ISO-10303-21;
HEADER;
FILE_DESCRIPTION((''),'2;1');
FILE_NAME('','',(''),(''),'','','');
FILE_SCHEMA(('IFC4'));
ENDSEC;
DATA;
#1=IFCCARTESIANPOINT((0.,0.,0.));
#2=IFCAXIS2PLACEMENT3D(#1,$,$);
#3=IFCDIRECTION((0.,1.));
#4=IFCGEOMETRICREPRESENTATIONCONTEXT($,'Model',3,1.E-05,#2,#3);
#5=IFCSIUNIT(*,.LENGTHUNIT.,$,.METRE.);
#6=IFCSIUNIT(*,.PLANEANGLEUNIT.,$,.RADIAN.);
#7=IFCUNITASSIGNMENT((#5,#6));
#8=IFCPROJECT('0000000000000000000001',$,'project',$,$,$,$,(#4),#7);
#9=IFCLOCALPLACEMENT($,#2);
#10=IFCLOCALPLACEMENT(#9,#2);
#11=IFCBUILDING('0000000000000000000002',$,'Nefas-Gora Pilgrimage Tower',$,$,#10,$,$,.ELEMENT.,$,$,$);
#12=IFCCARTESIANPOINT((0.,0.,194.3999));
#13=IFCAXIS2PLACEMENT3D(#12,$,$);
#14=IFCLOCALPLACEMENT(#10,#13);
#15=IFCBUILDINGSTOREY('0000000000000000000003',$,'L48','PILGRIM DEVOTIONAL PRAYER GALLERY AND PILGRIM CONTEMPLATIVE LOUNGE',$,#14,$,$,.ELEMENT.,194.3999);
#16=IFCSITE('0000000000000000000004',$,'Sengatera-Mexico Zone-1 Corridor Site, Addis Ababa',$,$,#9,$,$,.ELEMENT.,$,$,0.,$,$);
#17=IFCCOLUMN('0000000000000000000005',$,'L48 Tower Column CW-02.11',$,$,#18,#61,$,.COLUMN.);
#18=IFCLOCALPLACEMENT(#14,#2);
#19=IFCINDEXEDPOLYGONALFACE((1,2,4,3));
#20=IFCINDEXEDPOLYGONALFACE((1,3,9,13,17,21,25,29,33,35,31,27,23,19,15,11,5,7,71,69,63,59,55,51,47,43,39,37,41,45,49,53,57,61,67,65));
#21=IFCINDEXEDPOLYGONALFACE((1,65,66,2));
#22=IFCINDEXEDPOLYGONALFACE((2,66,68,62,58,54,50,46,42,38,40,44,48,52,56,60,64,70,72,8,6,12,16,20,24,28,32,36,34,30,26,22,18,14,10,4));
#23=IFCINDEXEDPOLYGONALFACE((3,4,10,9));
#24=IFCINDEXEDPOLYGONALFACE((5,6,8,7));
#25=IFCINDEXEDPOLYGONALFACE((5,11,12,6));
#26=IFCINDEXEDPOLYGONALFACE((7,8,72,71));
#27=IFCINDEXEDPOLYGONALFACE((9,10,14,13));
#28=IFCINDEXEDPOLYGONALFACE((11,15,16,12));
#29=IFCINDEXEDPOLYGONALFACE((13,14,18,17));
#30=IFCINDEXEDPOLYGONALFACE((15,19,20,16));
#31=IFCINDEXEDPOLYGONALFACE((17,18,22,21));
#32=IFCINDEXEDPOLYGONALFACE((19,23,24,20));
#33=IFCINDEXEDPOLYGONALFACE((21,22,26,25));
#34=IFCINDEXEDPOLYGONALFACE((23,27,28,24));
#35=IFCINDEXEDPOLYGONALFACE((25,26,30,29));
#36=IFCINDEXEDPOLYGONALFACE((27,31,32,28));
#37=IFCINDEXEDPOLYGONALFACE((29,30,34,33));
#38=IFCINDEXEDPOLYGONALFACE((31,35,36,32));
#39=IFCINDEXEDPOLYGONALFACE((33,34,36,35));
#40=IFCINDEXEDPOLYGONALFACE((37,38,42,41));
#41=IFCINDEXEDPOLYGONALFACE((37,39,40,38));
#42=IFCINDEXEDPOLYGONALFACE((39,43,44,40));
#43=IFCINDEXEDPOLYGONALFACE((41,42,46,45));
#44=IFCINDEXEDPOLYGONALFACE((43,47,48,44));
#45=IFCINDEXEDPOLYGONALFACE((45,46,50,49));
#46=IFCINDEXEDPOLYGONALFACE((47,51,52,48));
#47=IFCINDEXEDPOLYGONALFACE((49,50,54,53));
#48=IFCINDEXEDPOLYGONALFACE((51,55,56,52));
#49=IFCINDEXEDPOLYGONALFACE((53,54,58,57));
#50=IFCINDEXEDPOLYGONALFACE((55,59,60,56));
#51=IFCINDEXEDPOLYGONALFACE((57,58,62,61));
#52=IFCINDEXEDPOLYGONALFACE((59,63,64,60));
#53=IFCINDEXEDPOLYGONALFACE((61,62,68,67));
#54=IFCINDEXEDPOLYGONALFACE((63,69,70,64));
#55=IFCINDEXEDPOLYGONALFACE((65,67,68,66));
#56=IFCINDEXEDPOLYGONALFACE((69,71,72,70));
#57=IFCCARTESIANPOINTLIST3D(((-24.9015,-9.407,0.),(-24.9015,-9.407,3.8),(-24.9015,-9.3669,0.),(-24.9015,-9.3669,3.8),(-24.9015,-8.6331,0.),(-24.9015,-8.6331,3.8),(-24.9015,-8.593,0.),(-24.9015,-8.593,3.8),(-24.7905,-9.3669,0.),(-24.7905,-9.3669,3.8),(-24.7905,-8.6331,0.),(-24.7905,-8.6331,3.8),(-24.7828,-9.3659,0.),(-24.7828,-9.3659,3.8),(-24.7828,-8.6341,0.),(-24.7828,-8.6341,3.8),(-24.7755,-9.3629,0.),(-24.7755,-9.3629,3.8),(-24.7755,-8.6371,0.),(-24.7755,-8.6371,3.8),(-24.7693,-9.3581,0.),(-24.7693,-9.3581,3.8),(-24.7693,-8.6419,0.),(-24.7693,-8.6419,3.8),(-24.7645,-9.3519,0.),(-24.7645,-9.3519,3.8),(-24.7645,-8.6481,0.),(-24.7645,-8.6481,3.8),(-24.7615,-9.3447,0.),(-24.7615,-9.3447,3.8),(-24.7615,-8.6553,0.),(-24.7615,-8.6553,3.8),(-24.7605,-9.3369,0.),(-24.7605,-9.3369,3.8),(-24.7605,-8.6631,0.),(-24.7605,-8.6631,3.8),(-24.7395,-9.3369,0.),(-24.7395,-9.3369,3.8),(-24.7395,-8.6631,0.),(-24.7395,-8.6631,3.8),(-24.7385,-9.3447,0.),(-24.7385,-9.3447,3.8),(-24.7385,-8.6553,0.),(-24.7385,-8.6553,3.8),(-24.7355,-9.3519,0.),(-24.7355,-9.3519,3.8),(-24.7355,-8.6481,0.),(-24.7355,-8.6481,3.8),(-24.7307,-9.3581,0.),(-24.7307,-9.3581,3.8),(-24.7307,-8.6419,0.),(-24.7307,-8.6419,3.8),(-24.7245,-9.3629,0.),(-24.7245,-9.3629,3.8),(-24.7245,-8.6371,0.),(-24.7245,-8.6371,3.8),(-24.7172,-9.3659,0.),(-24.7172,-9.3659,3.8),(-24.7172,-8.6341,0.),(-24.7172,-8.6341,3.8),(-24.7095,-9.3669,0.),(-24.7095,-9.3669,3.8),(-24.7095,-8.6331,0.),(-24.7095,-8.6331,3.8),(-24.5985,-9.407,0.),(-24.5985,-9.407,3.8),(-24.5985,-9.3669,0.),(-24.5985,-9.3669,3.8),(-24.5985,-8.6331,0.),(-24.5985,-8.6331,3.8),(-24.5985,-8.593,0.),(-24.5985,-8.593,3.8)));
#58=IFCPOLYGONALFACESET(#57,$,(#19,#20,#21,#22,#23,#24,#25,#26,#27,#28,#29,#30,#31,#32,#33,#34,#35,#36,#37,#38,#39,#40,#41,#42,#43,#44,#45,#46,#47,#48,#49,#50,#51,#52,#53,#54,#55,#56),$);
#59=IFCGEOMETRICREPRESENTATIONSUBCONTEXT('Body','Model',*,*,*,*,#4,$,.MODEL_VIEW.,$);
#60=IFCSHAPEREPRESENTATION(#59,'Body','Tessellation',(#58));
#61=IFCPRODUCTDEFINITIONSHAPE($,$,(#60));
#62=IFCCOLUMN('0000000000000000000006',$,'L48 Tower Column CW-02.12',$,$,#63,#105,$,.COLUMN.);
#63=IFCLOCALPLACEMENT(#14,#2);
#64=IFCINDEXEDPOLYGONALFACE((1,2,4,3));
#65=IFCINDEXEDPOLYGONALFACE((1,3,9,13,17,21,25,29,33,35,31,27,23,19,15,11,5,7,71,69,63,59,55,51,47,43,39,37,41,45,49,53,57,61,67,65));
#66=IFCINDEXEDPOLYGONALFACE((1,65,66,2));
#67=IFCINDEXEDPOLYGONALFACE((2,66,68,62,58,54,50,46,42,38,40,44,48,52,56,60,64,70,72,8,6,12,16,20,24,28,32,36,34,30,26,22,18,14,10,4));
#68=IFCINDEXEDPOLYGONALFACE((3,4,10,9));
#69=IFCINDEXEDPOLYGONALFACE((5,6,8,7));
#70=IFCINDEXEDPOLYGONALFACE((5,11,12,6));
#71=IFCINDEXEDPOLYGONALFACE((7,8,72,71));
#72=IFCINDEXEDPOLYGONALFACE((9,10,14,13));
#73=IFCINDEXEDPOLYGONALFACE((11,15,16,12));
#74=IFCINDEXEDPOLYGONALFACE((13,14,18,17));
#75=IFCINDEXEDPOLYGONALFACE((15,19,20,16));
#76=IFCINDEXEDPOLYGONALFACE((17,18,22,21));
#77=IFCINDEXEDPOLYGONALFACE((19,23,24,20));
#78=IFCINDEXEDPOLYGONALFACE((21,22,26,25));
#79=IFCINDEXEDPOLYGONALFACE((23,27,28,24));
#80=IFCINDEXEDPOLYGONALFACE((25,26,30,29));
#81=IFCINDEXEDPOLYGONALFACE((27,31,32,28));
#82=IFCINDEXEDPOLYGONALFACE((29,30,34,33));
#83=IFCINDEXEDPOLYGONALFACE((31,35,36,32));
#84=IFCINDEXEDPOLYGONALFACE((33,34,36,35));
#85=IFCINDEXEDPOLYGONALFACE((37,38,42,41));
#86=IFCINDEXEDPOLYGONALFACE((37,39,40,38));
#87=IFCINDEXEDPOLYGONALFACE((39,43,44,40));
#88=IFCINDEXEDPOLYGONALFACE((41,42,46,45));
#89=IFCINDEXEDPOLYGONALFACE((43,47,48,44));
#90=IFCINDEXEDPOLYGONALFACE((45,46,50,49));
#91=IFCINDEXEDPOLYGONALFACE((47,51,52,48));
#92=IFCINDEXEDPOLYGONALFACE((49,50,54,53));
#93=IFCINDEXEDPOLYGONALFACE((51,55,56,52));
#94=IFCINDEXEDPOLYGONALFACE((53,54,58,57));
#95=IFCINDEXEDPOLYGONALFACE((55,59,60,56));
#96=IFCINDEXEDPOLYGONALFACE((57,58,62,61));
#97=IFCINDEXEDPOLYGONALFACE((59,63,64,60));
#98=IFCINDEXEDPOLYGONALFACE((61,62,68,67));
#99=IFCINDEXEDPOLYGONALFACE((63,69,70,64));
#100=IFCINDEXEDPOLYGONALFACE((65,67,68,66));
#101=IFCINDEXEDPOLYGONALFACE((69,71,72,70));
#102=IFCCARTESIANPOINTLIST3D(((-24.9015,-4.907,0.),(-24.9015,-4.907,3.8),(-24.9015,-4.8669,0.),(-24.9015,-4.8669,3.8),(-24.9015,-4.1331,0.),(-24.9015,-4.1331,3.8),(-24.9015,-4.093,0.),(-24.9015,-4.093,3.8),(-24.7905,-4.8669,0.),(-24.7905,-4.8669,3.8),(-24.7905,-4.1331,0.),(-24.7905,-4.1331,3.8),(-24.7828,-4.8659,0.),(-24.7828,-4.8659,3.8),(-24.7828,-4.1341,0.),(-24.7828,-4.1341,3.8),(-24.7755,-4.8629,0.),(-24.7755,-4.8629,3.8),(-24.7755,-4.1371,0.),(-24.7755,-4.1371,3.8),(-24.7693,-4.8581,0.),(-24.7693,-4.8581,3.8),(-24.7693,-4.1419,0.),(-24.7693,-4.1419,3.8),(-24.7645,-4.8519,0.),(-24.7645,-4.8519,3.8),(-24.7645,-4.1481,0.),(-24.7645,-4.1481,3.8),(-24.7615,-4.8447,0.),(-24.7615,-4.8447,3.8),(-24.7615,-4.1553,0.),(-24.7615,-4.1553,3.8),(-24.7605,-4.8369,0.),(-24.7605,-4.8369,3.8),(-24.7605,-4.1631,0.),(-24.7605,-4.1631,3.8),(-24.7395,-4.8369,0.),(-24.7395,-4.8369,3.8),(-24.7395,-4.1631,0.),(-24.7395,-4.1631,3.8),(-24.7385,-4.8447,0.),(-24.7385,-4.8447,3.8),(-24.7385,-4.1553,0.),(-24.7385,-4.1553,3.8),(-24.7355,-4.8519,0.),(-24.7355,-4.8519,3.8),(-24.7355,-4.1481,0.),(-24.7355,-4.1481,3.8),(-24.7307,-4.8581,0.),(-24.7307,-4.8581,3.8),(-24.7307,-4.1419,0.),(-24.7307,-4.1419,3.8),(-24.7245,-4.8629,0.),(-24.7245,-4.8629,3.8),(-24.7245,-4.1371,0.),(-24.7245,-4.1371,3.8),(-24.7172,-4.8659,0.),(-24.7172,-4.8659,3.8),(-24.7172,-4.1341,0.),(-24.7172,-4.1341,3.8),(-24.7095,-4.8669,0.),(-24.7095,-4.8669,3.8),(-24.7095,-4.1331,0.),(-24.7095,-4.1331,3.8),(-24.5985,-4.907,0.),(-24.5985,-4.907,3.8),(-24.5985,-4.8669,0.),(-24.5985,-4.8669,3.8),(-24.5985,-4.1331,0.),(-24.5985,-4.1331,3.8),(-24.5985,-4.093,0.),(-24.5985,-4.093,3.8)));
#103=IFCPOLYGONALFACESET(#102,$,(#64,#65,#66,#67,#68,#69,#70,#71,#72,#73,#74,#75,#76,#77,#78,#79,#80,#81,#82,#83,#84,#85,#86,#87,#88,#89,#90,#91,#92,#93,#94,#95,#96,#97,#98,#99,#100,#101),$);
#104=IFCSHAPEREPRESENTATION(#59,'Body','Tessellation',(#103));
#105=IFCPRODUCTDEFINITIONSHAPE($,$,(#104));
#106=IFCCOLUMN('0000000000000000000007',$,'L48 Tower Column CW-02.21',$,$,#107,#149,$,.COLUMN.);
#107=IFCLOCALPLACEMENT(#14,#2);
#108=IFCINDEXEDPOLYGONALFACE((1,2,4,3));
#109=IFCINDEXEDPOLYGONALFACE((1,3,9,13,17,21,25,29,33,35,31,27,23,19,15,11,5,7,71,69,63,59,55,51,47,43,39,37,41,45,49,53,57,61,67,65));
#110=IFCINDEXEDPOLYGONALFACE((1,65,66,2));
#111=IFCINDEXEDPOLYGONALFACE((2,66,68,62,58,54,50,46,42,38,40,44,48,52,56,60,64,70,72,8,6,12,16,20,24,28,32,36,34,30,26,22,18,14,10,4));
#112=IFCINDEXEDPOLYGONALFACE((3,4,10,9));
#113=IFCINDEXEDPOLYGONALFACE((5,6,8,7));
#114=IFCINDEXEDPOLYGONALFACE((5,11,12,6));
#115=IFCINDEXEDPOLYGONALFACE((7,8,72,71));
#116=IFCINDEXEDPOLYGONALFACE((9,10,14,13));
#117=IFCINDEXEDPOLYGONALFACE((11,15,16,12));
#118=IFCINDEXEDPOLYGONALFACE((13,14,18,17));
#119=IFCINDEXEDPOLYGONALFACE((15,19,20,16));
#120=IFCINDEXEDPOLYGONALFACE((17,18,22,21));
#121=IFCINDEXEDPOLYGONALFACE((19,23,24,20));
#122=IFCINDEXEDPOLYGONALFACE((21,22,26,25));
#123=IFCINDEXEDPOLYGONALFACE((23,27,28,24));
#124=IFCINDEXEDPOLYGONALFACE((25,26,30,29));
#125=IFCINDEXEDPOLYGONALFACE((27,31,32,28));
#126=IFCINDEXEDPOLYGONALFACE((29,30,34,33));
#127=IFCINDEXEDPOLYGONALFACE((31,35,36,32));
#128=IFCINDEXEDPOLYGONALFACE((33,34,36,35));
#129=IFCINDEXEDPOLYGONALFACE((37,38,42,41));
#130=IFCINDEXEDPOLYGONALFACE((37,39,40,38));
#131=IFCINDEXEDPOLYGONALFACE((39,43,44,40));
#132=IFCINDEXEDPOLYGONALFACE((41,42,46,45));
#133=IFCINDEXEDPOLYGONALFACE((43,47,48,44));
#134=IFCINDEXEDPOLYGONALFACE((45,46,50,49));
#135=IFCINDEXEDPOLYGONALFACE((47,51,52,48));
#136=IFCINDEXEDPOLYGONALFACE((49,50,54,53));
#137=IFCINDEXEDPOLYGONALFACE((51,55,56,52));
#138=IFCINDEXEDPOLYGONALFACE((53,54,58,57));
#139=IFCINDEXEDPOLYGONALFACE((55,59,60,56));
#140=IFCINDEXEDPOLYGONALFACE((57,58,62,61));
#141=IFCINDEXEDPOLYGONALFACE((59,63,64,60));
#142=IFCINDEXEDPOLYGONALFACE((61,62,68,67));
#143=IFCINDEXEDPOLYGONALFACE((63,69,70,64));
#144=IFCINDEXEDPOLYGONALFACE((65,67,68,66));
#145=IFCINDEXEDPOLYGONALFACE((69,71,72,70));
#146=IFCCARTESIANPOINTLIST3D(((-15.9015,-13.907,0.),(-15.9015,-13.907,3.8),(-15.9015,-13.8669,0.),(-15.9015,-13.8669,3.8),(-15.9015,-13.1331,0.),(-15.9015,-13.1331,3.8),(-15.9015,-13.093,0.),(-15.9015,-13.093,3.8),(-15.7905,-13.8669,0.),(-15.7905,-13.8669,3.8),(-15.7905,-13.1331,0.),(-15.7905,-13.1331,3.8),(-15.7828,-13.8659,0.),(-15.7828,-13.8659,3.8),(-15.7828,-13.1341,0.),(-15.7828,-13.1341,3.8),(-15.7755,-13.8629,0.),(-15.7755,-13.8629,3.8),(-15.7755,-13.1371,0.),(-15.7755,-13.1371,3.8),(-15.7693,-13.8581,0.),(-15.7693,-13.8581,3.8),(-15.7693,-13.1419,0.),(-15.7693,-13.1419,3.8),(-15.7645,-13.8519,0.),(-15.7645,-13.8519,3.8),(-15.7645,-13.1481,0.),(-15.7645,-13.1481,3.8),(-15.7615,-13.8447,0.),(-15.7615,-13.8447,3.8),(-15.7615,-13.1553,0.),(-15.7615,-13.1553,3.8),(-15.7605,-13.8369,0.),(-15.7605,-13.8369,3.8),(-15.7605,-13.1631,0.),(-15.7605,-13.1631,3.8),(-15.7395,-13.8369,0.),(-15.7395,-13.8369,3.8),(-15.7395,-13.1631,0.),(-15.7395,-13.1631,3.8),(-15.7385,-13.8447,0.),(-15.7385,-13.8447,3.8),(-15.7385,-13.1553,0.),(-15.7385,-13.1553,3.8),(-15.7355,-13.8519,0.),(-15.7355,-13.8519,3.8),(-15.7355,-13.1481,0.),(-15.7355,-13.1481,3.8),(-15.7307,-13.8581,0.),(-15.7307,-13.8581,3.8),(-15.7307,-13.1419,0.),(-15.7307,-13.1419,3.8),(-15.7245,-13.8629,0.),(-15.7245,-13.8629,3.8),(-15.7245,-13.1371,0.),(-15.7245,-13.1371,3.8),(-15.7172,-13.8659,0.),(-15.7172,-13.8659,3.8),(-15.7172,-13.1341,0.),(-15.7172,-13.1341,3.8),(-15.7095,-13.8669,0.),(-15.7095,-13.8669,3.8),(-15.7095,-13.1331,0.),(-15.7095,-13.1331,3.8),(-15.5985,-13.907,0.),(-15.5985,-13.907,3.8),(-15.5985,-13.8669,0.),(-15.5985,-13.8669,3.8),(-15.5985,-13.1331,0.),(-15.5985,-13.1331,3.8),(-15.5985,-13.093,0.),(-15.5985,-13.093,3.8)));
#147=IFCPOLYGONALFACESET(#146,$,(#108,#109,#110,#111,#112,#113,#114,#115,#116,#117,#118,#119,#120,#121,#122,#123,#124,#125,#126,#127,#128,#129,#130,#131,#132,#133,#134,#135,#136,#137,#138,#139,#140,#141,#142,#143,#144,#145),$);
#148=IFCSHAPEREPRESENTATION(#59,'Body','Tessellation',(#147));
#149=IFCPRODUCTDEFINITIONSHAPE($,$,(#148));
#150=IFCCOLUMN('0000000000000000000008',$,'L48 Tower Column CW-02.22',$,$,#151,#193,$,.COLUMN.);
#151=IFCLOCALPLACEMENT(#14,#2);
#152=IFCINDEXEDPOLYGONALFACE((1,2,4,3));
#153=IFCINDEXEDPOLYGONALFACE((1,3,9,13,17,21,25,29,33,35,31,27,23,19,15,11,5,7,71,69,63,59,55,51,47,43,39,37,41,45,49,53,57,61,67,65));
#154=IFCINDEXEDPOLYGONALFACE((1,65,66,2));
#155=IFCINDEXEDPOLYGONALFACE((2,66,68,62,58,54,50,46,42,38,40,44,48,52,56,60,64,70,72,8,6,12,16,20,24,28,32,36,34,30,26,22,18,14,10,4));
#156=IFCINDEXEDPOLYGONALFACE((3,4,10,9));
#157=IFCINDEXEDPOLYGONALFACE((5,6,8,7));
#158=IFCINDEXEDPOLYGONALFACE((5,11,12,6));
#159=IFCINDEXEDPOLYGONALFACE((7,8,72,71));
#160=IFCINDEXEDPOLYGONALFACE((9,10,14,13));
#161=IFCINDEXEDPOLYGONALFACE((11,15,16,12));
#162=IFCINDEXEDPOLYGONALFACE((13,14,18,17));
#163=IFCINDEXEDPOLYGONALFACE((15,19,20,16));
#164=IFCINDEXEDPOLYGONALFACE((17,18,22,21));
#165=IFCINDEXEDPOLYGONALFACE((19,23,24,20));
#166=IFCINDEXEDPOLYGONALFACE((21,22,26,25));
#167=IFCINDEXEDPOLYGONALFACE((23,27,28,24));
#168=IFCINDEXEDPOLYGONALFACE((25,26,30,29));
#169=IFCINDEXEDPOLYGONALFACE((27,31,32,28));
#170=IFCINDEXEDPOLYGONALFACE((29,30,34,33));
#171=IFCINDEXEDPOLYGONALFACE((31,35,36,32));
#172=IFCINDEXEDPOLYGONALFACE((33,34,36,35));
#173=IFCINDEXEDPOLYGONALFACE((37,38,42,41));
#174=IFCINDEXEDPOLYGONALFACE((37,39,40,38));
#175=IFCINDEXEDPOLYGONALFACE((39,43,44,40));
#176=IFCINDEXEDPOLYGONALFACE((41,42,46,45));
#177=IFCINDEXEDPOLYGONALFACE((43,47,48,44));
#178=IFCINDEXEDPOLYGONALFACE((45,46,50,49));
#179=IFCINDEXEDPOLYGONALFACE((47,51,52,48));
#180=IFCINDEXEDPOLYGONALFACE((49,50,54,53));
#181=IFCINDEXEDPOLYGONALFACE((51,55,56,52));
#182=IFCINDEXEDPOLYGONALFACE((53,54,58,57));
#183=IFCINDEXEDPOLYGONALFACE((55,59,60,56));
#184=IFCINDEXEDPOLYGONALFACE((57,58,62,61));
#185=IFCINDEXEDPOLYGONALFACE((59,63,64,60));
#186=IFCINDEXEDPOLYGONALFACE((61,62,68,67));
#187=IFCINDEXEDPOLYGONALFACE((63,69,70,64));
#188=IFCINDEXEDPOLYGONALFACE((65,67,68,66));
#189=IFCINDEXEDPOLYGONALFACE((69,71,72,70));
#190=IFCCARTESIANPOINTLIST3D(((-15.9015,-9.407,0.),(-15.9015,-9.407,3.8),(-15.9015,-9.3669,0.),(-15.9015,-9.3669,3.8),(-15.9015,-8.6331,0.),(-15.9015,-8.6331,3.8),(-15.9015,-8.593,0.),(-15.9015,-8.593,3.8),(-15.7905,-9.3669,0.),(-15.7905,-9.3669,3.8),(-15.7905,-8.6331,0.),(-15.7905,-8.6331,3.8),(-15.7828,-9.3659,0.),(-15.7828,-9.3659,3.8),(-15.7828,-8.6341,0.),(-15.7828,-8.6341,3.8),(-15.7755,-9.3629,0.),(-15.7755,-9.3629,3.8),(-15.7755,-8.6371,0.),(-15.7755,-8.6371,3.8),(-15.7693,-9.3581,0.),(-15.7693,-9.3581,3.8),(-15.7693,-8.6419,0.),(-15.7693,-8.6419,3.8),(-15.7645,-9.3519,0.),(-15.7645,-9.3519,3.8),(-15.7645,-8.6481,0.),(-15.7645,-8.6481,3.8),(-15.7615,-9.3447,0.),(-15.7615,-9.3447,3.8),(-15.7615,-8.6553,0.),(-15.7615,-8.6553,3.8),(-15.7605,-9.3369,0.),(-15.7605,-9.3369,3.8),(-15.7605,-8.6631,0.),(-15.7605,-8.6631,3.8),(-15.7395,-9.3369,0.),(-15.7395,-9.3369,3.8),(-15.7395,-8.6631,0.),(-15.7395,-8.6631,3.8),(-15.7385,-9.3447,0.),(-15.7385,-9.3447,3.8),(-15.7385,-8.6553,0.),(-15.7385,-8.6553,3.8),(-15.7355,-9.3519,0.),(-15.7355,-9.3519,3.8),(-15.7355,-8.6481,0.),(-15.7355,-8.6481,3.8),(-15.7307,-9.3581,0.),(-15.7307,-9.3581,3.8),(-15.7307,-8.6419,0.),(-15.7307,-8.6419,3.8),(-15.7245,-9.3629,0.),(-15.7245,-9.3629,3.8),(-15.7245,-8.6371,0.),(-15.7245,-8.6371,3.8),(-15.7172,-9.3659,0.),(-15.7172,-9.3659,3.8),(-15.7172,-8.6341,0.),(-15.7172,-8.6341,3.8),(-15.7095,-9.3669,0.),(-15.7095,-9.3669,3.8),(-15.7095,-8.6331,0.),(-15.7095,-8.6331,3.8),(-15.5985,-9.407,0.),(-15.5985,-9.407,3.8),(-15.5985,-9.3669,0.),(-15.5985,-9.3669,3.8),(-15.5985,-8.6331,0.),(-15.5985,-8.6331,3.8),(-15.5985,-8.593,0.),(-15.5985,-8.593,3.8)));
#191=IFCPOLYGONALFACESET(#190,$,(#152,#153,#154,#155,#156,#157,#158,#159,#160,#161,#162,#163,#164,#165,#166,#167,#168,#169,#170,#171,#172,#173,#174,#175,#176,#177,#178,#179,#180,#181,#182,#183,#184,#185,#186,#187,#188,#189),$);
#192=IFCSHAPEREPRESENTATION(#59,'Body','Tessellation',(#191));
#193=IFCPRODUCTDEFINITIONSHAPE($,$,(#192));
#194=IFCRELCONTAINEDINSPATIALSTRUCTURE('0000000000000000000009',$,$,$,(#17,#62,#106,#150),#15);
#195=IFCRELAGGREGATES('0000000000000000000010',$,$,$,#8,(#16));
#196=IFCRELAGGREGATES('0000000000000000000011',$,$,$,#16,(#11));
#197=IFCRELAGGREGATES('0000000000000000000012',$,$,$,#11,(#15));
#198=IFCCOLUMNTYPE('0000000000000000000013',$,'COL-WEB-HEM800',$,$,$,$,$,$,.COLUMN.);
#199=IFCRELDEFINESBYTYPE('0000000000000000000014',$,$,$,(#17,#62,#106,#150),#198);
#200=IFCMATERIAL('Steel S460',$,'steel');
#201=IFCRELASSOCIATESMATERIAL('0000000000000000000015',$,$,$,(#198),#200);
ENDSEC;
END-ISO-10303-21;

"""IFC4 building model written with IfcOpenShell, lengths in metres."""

from ifc_helpers import new_model, si_unit, direction, frame, origin, origin_2d, place, context, subcontext, project, spatial, i_section, extrude, source, transform, mapped, material, material_profile, profile_set, type_object, element, save


model = new_model("IFC4")

# Units and contexts
model_context = context("Model", 3, precision=1e-05, world=origin(), true_north=direction((0.0, 1.0)))
body_context = subcontext(model_context, "Body", "Model", "MODEL_VIEW")
ifc_project = project(units=[si_unit("LENGTHUNIT", "METRE"), si_unit("PLANEANGLEUNIT", "RADIAN")], contexts=[model_context])

# Site, building, storey
site_placement = place(None, origin())
site = spatial("IfcSite", under=ifc_project, at=site_placement, Name="Sengatera-Mexico Zone-1 Corridor Site, Addis Ababa", CompositionType="ELEMENT", RefElevation=0.0)
building_placement = place(site_placement, origin())
building = spatial("IfcBuilding", under=site, at=building_placement, Name="Nefas-Gora Pilgrimage Tower", CompositionType="ELEMENT")
storey_placement = place(building_placement, frame((0.0, 0.0, 194.3999)))
storey = spatial("IfcBuildingStorey", under=building, at=storey_placement, Name="L48", Description="PILGRIM DEVOTIONAL PRAYER GALLERY AND PILGRIM CONTEMPLATIVE LOUNGE", CompositionType="ELEMENT", Elevation=194.3999)

# Columns
ifc_material_1 = material(Name="Steel S460", Category="steel")
ifc_material_profile_1 = material_profile(ifc_material_1, i_section(OverallWidth=0.303, OverallDepth=0.814, WebThickness=0.021, FlangeThickness=0.04, FilletRadius=0.03, at=origin_2d()), Name="HEM 800")
ifc_profile_set_1 = profile_set([ifc_material_profile_1], Name="Steel S460")
column_type_1 = type_object("IfcColumnType", Name="COL-WEB-HEM800", PredefinedType="COLUMN", material=ifc_profile_set_1)
shared_shape_1 = source(origin(), body_context, "Body", "SweptSolid", [
    extrude(i_section(OverallWidth=0.303, OverallDepth=0.814, WebThickness=0.021, FlangeThickness=0.04, FilletRadius=0.03, at=origin_2d()), origin(), (0.0, 0.0, 1.0), 3.8),
])
for number, where, z_axis, x_axis, name in (
    (1, (-24.75, -9.0, 0.0), (0.0, 0.0, 1.0), (1.0, 0.0, 0.0), "L48 Tower Column CW-02.11"),
    (2, (-24.75, -4.5, 0.0), (0.0, 0.0, 1.0), (1.0, 0.0, 0.0), "L48 Tower Column CW-02.12"),
    (3, (-15.75, -13.5, 0.0), (0.0, 0.0, 1.0), (1.0, 0.0, 0.0), "L48 Tower Column CW-02.21"),
    (4, (-15.75, -9.0, 0.0), (0.0, 0.0, 1.0), (1.0, 0.0, 0.0), "L48 Tower Column CW-02.22"),
):
    element("IfcColumn", number, at=place(storey_placement, frame(where, z_axis=z_axis, x_axis=x_axis)), inside=storey, type_object=column_type_1, Name=name, PredefinedType="COLUMN", context=body_context, shape_type="MappedRepresentation", body=[
        mapped(shared_shape_1, transform((0.0, 0.0, 0.0), x_axis=(1.0, 0.0, 0.0), y_axis=(0.0, 1.0, 0.0), z_axis=(0.0, 0.0, 1.0), scale=1.0)),
    ])

save(model, "model.ifc")
